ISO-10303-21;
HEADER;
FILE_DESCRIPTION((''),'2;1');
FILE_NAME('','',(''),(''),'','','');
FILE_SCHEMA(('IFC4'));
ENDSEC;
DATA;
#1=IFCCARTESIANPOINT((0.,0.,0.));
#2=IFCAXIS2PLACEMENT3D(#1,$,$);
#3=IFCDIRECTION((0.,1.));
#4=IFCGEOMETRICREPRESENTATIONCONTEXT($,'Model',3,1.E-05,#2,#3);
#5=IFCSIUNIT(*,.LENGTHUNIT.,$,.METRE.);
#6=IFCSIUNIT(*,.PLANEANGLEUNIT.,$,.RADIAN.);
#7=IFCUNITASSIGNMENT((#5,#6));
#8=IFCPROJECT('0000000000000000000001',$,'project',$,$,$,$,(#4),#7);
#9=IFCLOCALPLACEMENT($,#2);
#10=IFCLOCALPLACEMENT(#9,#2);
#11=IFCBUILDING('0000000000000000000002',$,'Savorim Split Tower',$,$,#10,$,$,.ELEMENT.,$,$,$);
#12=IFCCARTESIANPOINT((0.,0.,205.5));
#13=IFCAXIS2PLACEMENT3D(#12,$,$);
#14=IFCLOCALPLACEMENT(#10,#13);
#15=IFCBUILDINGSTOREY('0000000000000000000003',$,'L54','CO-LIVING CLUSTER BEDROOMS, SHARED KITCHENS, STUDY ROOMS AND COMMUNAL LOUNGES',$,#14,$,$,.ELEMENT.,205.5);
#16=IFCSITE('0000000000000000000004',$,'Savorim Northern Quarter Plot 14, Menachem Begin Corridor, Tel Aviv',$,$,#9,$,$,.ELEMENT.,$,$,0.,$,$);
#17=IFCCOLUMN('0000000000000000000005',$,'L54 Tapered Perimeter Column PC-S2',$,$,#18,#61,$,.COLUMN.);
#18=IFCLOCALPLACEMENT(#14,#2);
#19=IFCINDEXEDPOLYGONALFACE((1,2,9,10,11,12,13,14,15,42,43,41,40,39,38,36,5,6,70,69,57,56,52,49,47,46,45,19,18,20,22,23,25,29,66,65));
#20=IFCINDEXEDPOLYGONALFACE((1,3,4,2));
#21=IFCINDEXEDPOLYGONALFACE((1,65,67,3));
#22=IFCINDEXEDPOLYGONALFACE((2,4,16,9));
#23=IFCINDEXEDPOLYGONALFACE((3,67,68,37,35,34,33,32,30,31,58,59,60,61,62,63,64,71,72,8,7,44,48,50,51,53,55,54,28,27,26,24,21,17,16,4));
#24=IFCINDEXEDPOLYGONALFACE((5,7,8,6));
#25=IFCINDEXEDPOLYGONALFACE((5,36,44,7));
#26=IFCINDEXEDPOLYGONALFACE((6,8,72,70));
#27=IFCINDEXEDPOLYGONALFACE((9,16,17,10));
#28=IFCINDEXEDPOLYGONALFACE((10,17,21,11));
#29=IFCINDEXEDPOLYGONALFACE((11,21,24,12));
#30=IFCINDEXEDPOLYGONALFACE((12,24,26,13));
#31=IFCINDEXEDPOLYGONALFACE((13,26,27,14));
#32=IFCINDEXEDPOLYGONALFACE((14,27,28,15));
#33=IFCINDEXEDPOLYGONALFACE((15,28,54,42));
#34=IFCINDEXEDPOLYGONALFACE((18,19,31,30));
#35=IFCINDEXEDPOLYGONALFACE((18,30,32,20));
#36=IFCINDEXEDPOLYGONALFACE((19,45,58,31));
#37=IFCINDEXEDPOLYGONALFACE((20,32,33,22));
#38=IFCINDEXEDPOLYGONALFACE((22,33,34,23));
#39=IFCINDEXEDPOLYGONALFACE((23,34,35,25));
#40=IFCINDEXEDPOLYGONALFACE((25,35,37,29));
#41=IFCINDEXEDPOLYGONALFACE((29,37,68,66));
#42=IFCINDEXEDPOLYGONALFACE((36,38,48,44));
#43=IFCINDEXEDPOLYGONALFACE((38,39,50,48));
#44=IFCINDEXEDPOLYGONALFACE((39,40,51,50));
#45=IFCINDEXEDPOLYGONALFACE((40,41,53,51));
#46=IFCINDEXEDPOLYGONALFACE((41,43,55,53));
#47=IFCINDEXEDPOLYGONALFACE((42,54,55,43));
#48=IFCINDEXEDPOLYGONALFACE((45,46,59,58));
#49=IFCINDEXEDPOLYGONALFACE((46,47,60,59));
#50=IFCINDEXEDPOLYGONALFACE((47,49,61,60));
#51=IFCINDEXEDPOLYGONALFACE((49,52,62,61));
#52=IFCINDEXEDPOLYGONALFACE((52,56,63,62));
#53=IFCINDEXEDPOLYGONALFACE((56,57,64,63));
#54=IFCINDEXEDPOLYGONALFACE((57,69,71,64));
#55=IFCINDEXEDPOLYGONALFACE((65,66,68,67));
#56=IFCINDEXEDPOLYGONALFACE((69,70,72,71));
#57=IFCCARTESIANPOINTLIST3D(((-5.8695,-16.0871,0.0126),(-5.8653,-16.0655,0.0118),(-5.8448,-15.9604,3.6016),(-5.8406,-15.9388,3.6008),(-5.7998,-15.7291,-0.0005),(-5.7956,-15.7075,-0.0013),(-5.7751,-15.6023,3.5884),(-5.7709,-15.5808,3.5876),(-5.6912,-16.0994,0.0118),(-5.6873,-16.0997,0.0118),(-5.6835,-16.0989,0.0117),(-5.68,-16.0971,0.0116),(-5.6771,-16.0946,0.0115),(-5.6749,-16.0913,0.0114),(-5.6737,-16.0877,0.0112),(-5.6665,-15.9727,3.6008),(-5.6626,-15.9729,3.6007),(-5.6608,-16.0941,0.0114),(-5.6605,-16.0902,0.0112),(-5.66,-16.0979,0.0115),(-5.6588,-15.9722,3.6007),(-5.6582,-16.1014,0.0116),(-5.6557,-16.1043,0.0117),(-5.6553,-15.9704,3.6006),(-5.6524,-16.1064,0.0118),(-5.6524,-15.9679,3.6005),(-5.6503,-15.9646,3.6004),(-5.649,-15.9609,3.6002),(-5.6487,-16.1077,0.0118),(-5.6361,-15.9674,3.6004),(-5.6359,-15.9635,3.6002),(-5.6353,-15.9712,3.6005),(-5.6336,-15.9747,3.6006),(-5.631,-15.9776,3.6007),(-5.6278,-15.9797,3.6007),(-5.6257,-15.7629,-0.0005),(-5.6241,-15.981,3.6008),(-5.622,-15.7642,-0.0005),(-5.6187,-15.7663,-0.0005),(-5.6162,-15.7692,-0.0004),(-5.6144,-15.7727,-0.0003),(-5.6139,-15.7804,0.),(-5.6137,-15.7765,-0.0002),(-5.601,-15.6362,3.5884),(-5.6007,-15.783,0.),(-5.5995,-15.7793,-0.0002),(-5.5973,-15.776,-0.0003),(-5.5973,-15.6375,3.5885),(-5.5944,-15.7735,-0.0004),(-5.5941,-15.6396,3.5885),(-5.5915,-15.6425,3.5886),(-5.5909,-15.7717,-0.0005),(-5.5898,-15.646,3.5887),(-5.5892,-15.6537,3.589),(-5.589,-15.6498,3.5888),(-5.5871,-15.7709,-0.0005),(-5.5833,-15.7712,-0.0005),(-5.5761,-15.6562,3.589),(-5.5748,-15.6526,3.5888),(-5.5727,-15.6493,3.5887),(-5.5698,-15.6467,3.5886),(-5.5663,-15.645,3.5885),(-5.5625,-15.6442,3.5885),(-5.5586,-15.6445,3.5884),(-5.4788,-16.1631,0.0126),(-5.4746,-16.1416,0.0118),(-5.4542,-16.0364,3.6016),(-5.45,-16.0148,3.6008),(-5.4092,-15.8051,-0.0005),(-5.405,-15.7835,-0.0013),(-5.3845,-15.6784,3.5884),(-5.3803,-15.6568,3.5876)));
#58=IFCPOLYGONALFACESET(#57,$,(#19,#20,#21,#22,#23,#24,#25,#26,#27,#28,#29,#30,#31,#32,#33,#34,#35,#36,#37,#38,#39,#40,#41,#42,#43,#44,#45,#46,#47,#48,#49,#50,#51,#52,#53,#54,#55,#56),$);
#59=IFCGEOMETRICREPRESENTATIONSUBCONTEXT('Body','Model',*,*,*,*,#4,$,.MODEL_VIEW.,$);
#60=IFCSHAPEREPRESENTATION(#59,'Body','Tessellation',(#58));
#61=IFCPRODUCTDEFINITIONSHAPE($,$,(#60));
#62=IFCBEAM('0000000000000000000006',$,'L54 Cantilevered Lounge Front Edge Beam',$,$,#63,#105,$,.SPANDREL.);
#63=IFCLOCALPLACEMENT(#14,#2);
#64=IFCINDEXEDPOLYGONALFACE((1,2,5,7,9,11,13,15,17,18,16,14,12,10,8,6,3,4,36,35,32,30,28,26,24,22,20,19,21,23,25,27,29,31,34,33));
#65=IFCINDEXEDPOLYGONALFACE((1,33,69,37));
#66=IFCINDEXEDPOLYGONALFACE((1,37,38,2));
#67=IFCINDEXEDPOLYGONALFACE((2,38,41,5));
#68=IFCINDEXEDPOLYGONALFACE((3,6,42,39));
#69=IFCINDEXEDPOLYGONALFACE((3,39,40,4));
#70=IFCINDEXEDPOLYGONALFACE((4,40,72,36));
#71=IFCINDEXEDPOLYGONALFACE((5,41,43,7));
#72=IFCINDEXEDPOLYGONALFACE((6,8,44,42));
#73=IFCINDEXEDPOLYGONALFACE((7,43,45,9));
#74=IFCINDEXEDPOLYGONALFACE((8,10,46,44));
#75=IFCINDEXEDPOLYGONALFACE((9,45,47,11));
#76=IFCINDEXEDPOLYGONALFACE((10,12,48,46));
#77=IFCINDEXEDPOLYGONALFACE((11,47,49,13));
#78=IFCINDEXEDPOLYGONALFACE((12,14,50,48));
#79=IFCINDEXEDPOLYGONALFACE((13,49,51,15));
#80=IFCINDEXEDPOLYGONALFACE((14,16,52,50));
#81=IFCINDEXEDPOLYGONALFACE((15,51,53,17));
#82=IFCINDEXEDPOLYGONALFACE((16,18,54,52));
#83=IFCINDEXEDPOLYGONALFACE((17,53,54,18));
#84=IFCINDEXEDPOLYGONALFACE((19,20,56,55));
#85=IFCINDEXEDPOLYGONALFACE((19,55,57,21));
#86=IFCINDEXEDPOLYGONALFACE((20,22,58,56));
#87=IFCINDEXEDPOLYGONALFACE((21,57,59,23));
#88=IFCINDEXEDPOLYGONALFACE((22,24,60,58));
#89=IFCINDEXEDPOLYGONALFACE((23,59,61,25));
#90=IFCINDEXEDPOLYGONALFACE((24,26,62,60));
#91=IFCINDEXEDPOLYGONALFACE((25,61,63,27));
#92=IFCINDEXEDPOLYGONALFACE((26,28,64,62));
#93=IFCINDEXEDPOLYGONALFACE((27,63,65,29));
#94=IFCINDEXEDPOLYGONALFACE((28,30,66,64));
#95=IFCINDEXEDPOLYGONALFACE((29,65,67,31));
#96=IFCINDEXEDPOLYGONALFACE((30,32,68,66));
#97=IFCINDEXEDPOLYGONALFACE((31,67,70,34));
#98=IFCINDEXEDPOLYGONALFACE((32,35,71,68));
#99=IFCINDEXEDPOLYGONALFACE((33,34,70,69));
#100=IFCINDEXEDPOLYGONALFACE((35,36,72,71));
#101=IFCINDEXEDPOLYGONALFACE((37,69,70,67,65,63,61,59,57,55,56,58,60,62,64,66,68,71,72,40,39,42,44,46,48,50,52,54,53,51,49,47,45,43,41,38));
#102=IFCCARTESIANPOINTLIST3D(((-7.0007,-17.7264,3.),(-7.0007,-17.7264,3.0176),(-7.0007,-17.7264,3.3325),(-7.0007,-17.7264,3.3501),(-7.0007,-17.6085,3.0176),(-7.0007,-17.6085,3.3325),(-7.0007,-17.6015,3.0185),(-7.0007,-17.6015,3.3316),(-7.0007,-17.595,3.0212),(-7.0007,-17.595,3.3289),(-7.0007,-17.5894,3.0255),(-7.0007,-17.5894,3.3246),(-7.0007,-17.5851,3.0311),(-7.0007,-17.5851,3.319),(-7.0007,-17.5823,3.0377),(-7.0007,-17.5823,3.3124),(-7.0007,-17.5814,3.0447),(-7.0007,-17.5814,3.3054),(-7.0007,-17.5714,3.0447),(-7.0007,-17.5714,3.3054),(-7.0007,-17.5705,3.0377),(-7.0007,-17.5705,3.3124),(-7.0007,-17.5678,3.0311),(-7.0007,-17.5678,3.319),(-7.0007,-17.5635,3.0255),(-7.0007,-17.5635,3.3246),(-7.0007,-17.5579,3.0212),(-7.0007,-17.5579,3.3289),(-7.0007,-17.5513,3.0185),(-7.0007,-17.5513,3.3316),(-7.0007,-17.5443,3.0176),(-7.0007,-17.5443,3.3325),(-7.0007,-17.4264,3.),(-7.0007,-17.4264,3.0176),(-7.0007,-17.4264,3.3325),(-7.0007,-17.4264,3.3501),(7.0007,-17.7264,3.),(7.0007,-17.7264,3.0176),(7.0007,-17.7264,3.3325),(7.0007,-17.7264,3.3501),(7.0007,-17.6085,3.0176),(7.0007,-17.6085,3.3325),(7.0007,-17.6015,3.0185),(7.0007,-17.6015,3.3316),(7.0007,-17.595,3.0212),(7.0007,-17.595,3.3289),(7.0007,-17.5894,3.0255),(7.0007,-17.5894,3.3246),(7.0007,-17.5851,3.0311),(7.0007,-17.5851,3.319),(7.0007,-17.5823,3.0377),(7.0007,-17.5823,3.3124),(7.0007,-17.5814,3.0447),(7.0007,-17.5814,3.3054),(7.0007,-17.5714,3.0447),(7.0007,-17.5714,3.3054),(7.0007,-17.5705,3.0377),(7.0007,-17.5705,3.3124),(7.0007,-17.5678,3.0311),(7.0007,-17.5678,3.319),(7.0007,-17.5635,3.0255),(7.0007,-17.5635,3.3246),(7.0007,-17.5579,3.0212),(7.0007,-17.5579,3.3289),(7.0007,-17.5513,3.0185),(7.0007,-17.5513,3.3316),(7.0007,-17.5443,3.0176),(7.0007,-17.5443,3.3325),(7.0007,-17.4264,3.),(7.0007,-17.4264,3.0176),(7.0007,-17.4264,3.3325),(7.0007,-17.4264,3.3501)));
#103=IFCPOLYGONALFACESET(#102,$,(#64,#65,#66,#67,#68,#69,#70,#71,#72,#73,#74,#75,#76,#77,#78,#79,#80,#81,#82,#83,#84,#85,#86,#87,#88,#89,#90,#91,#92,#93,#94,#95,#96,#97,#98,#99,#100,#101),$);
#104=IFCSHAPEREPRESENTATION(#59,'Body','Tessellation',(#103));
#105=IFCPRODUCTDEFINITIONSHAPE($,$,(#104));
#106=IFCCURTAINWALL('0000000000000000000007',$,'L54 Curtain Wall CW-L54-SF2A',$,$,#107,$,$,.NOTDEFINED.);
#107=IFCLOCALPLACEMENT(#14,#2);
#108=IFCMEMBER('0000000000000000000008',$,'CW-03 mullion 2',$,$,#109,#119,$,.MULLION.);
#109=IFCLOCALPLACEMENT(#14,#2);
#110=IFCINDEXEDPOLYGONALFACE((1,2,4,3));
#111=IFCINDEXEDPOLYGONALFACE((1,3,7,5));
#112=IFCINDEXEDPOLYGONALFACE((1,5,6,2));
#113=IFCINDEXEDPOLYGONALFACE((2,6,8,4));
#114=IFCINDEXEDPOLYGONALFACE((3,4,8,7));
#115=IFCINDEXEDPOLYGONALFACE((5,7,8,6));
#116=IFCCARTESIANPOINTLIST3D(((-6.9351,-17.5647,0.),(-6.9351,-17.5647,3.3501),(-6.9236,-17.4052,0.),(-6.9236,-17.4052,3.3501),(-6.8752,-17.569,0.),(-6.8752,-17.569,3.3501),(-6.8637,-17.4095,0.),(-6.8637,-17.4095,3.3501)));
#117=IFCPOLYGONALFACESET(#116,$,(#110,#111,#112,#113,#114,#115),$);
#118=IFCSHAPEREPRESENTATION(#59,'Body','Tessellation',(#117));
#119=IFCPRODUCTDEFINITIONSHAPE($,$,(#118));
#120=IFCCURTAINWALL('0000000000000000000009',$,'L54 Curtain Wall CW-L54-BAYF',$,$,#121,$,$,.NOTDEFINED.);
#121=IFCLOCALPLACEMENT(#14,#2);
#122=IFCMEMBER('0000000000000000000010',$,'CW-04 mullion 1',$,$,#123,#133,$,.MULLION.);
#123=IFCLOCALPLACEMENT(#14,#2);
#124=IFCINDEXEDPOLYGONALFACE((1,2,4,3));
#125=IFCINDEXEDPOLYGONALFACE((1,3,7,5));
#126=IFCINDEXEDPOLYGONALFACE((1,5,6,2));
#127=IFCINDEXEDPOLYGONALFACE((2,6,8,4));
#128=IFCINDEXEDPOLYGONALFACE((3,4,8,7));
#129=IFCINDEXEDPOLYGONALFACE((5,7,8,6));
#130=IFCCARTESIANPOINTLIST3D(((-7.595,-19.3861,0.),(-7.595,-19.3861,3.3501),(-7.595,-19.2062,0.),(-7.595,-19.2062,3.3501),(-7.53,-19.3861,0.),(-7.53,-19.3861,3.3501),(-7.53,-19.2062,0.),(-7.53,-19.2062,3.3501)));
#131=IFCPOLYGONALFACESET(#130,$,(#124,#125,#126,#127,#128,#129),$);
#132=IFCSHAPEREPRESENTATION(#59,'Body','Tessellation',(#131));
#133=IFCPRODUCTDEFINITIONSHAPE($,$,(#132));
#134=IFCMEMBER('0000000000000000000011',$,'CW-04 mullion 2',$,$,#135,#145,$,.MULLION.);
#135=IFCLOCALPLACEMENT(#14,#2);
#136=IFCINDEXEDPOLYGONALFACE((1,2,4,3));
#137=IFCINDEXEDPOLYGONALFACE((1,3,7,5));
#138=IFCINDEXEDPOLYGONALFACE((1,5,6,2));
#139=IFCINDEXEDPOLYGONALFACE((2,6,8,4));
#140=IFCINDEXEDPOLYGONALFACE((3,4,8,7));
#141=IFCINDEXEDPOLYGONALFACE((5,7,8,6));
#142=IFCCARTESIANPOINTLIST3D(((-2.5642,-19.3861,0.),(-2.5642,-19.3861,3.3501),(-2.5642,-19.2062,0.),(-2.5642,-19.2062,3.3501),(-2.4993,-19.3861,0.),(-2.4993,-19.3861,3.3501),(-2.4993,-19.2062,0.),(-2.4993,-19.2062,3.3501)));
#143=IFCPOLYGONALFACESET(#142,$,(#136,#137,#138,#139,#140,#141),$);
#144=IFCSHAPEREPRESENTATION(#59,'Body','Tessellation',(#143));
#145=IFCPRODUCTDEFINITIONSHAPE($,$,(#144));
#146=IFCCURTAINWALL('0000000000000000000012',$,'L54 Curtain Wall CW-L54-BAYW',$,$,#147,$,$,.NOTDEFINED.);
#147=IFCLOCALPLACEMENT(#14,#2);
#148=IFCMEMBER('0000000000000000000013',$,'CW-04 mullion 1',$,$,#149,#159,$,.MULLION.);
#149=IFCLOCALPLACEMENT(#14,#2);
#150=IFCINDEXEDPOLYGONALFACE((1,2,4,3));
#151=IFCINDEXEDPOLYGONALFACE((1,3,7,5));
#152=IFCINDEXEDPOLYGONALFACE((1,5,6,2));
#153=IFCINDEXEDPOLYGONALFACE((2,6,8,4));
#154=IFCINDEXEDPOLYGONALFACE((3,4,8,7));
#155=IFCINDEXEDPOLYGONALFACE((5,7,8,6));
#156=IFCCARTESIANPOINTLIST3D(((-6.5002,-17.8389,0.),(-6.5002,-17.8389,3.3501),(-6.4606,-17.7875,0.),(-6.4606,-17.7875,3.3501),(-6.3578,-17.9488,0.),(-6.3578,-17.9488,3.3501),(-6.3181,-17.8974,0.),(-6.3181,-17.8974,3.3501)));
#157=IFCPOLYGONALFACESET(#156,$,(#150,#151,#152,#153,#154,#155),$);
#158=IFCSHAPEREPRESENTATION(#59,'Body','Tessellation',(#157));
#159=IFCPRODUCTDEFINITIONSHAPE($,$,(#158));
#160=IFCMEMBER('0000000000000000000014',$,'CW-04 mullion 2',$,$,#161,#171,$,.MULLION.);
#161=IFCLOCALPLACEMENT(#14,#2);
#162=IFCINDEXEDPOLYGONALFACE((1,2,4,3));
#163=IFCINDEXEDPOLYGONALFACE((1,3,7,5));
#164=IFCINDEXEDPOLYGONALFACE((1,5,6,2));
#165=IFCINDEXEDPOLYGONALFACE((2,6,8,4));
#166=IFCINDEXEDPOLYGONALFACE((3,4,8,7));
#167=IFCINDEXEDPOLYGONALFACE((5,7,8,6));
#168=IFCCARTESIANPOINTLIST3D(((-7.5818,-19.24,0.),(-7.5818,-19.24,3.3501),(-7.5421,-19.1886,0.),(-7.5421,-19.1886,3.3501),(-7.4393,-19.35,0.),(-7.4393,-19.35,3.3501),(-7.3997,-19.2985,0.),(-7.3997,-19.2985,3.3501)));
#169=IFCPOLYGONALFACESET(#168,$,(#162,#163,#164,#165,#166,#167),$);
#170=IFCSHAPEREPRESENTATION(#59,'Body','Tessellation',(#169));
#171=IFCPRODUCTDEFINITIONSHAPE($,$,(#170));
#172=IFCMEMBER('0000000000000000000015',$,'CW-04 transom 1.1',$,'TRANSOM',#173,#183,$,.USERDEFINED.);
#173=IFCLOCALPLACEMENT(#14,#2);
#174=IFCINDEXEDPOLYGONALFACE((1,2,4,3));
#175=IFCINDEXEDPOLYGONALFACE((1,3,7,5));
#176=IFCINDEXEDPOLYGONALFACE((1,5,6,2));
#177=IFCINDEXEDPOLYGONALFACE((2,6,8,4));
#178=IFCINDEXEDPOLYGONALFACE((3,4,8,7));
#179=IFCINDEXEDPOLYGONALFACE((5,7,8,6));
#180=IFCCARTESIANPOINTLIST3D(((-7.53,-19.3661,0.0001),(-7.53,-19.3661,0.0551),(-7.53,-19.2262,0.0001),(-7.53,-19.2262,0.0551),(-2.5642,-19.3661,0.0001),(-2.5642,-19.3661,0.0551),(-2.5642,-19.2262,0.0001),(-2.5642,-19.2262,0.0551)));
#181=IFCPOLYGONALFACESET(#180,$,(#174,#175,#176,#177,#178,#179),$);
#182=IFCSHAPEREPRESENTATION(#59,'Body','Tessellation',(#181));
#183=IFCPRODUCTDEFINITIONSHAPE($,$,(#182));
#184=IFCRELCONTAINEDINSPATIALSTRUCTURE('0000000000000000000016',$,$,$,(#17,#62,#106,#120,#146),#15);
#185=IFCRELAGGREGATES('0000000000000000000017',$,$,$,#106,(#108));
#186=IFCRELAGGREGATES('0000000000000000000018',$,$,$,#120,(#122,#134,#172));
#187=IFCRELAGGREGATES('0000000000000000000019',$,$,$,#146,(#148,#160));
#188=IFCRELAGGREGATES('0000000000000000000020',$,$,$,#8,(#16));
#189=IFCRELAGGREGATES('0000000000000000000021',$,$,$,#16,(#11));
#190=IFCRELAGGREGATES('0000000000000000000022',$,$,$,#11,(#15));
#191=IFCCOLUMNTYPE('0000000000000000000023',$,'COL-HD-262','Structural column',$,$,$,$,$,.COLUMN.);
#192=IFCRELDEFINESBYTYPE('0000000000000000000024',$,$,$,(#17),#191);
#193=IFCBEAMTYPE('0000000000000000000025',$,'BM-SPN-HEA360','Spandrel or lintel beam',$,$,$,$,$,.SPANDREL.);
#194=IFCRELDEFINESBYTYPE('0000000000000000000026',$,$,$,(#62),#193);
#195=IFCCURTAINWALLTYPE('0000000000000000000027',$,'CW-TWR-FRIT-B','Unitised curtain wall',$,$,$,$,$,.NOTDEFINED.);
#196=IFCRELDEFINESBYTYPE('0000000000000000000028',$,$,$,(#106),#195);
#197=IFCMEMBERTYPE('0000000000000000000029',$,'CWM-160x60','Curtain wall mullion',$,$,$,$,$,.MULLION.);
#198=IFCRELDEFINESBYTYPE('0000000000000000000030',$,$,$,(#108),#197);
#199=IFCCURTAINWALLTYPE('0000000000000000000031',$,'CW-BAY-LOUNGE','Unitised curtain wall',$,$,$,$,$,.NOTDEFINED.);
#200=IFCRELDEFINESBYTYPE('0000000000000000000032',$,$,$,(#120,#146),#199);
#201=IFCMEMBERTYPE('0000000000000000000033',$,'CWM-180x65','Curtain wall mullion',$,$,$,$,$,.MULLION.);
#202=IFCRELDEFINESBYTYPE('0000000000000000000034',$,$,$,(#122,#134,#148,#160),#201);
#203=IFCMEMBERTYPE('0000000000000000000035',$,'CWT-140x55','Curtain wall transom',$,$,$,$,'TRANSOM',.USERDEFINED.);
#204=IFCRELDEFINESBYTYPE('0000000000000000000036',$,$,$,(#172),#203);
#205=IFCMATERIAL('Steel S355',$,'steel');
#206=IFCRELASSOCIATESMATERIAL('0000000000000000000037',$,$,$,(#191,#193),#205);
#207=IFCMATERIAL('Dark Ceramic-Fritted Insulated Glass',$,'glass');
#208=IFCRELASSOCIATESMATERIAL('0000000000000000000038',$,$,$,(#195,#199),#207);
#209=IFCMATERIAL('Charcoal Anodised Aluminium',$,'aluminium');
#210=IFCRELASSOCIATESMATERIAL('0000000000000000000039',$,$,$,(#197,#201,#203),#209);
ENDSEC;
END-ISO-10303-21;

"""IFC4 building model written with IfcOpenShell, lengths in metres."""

from ifc_helpers import new_model, si_unit, direction, frame, origin, origin_2d, place, context, subcontext, project, spatial, rectangle, i_section, extrude, material, material_profile, profile_set, type_object, element, aggregate, save


model = new_model("IFC4")

# Units and contexts
model_context = context("Model", 3, precision=1e-05, world=origin(), true_north=direction((0.0, 1.0)))
body_context = subcontext(model_context, "Body", "Model", "MODEL_VIEW")
ifc_project = project(units=[si_unit("LENGTHUNIT", "METRE"), si_unit("PLANEANGLEUNIT", "RADIAN")], contexts=[model_context])

# Site, building, storey
site_placement = place(None, origin())
site = spatial("IfcSite", under=ifc_project, at=site_placement, Name="Savorim Northern Quarter Plot 14, Menachem Begin Corridor, Tel Aviv", CompositionType="ELEMENT", RefElevation=0.0)
building_placement = place(site_placement, origin())
building = spatial("IfcBuilding", under=site, at=building_placement, Name="Savorim Split Tower", CompositionType="ELEMENT")
storey_placement = place(building_placement, frame((0.0, 0.0, 205.5)))
storey = spatial("IfcBuildingStorey", under=building, at=storey_placement, Name="L54", Description="CO-LIVING CLUSTER BEDROOMS, SHARED KITCHENS, STUDY ROOMS AND COMMUNAL LOUNGES", CompositionType="ELEMENT", Elevation=205.5)

# Column
ifc_material_1 = material(Name="Steel S355", Category="steel")
ifc_material_profile_1 = material_profile(ifc_material_1, i_section(OverallWidth=0.3979, OverallDepth=0.387, WebThickness=0.0134, FlangeThickness=0.022, FilletRadius=0.0149, at=origin_2d()), Name="HD 400x262")
ifc_profile_set_1 = profile_set([ifc_material_profile_1], Name="Steel S355")
column_type = type_object("IfcColumnType", Name="COL-HD-262", Description="Structural column", PredefinedType="COLUMN", material=ifc_profile_set_1)
column_placement = place(storey_placement, frame((-5.6372, -15.9353, 0.0056), z_axis=(0.006866, 0.035283, 0.999354), x_axis=(-0.981586, 0.191022, 0.0)))
element("IfcColumn", 1, at=column_placement, inside=storey, type_object=column_type, Name="L54 Tapered Perimeter Column PC-S2", PredefinedType="COLUMN", context=body_context, shape_type="SweptSolid", body=[
    extrude(i_section(OverallWidth=0.3979, OverallDepth=0.387, WebThickness=0.0134, FlangeThickness=0.022, FilletRadius=0.0149, at=origin_2d()), origin(), (0.0, 0.0, 1.0), 3.5913),
])

# Beam
ifc_material_profile_2 = material_profile(ifc_material_1, i_section(OverallWidth=0.3, OverallDepth=0.3501, WebThickness=0.01, FlangeThickness=0.0176, FilletRadius=0.0271, at=origin_2d()), Name="HEA 360")
ifc_profile_set_2 = profile_set([ifc_material_profile_2], Name="Steel S355")
beam_type = type_object("IfcBeamType", Name="BM-SPN-HEA360", Description="Spandrel or lintel beam", PredefinedType="SPANDREL", material=ifc_profile_set_2)
beam_placement = place(storey_placement, frame((-7.0007, -17.5764, 3.175), z_axis=(1.0, 0.0, 0.0), x_axis=(0.0, 1.0, 0.0)))
element("IfcBeam", 2, at=beam_placement, inside=storey, type_object=beam_type, Name="L54 Cantilevered Lounge Front Edge Beam", PredefinedType="SPANDREL", context=body_context, shape_type="SweptSolid", body=[
    extrude(i_section(OverallWidth=0.3, OverallDepth=0.3501, WebThickness=0.01, FlangeThickness=0.0176, FilletRadius=0.0271, at=origin_2d()), origin(), (0.0, 0.0, 1.0), 14.0015),
])

# Curtain wall, member
ifc_material_2 = material(Name="Dark Ceramic-Fritted Insulated Glass", Category="glass")
curtain_wall_type_1 = type_object("IfcCurtainWallType", Name="CW-TWR-FRIT-B", Description="Unitised curtain wall", PredefinedType="NOTDEFINED", material=ifc_material_2)
curtain_wall_1_placement = place(storey_placement, origin())
curtain_wall_1 = element("IfcCurtainWall", 3, at=curtain_wall_1_placement, inside=storey, type_object=curtain_wall_type_1, Name="L54 Curtain Wall CW-L54-SF2A", PredefinedType="NOTDEFINED")
ifc_material_3 = material(Name="Charcoal Anodised Aluminium", Category="aluminium")
ifc_material_profile_3 = material_profile(ifc_material_3, rectangle(XDim=0.1599, YDim=0.0601, at=origin_2d()), Name="ALU-M 160x60")
ifc_profile_set_3 = profile_set([ifc_material_profile_3], Name="Charcoal Anodised Aluminium")
member_type_1 = type_object("IfcMemberType", Name="CWM-160x60", Description="Curtain wall mullion", PredefinedType="MULLION", material=ifc_profile_set_3)
member_1_placement = place(storey_placement, frame((-6.8994, -17.4871, 0.0), z_axis=(0.0, 0.0, 1.0), x_axis=(0.071552, 0.997437, 0.0)))
member_1 = element("IfcMember", 4, at=member_1_placement, type_object=member_type_1, Name="CW-03 mullion 2", PredefinedType="MULLION", context=body_context, shape_type="SweptSolid", body=[
    extrude(rectangle(XDim=0.1599, YDim=0.0601, at=origin_2d()), origin(), (0.0, 0.0, 1.0), 3.3501),
])
aggregate(curtain_wall_1, [member_1])

# Curtain walls, members
curtain_wall_type_2 = type_object("IfcCurtainWallType", Name="CW-BAY-LOUNGE", Description="Unitised curtain wall", PredefinedType="NOTDEFINED", material=ifc_material_2)
curtain_wall_2_placement = place(storey_placement, origin())
curtain_wall_2 = element("IfcCurtainWall", 5, at=curtain_wall_2_placement, inside=storey, type_object=curtain_wall_type_2, Name="L54 Curtain Wall CW-L54-BAYF", PredefinedType="NOTDEFINED")
ifc_material_profile_4 = material_profile(ifc_material_3, rectangle(XDim=0.1799, YDim=0.0649, at=origin_2d()), Name="ALU-M 180x65")
ifc_profile_set_4 = profile_set([ifc_material_profile_4], Name="Charcoal Anodised Aluminium")
member_type_2 = type_object("IfcMemberType", Name="CWM-180x65", Description="Curtain wall mullion", PredefinedType="MULLION", material=ifc_profile_set_4)
member_2_placement = place(storey_placement, frame((-7.5625, -19.2961, 0.0), z_axis=(0.0, 0.0, 1.0), x_axis=(0.0, 1.0, 0.0)))
member_2 = element("IfcMember", 6, at=member_2_placement, type_object=member_type_2, Name="CW-04 mullion 1", PredefinedType="MULLION", context=body_context, shape_type="SweptSolid", body=[
    extrude(rectangle(XDim=0.1799, YDim=0.0649, at=origin_2d()), origin(), (0.0, 0.0, 1.0), 3.3501),
])
member_3_placement = place(storey_placement, frame((-2.5317, -19.2961, 0.0), z_axis=(0.0, 0.0, 1.0), x_axis=(0.0, 1.0, 0.0)))
member_3 = element("IfcMember", 7, at=member_3_placement, type_object=member_type_2, Name="CW-04 mullion 2", PredefinedType="MULLION", context=body_context, shape_type="SweptSolid", body=[
    extrude(rectangle(XDim=0.1799, YDim=0.0649, at=origin_2d()), origin(), (0.0, 0.0, 1.0), 3.3501),
])
curtain_wall_3_placement = place(storey_placement, origin())
curtain_wall_3 = element("IfcCurtainWall", 8, at=curtain_wall_3_placement, inside=storey, type_object=curtain_wall_type_2, Name="L54 Curtain Wall CW-L54-BAYW", PredefinedType="NOTDEFINED")
member_4_placement = place(storey_placement, frame((-6.4092, -17.8682, 0.0), z_axis=(0.0, 0.0, 1.0), x_axis=(0.791644, -0.610982, 0.0)))
member_4 = element("IfcMember", 9, at=member_4_placement, type_object=member_type_2, Name="CW-04 mullion 1", PredefinedType="MULLION", context=body_context, shape_type="SweptSolid", body=[
    extrude(rectangle(XDim=0.1799, YDim=0.0649, at=origin_2d()), origin(), (0.0, 0.0, 1.0), 3.3501),
])
member_5_placement = place(storey_placement, frame((-7.4907, -19.2693, 0.0), z_axis=(0.0, 0.0, 1.0), x_axis=(0.791644, -0.610982, 0.0)))
member_5 = element("IfcMember", 10, at=member_5_placement, type_object=member_type_2, Name="CW-04 mullion 2", PredefinedType="MULLION", context=body_context, shape_type="SweptSolid", body=[
    extrude(rectangle(XDim=0.1799, YDim=0.0649, at=origin_2d()), origin(), (0.0, 0.0, 1.0), 3.3501),
])

# Member
ifc_material_profile_5 = material_profile(ifc_material_3, rectangle(XDim=0.1399, YDim=0.0549, at=origin_2d()), Name="ALU-T 140x55")
ifc_profile_set_5 = profile_set([ifc_material_profile_5], Name="Charcoal Anodised Aluminium")
member_type_3 = type_object("IfcMemberType", Name="CWT-140x55", Description="Curtain wall transom", ElementType="TRANSOM", PredefinedType="USERDEFINED", material=ifc_profile_set_5)
member_6_placement = place(storey_placement, frame((-7.53, -19.2961, 0.0276), z_axis=(1.0, 0.0, 0.0), x_axis=(0.0, 1.0, 0.0)))
member_6 = element("IfcMember", 11, at=member_6_placement, type_object=member_type_3, Name="CW-04 transom 1.1", ObjectType="TRANSOM", PredefinedType="USERDEFINED", context=body_context, shape_type="SweptSolid", body=[
    extrude(rectangle(XDim=0.1399, YDim=0.0549, at=origin_2d()), origin(), (0.0, 0.0, 1.0), 4.9658),
])

aggregate(curtain_wall_2, [member_2, member_3, member_6])
aggregate(curtain_wall_3, [member_4, member_5])

save(model, "model.ifc")
